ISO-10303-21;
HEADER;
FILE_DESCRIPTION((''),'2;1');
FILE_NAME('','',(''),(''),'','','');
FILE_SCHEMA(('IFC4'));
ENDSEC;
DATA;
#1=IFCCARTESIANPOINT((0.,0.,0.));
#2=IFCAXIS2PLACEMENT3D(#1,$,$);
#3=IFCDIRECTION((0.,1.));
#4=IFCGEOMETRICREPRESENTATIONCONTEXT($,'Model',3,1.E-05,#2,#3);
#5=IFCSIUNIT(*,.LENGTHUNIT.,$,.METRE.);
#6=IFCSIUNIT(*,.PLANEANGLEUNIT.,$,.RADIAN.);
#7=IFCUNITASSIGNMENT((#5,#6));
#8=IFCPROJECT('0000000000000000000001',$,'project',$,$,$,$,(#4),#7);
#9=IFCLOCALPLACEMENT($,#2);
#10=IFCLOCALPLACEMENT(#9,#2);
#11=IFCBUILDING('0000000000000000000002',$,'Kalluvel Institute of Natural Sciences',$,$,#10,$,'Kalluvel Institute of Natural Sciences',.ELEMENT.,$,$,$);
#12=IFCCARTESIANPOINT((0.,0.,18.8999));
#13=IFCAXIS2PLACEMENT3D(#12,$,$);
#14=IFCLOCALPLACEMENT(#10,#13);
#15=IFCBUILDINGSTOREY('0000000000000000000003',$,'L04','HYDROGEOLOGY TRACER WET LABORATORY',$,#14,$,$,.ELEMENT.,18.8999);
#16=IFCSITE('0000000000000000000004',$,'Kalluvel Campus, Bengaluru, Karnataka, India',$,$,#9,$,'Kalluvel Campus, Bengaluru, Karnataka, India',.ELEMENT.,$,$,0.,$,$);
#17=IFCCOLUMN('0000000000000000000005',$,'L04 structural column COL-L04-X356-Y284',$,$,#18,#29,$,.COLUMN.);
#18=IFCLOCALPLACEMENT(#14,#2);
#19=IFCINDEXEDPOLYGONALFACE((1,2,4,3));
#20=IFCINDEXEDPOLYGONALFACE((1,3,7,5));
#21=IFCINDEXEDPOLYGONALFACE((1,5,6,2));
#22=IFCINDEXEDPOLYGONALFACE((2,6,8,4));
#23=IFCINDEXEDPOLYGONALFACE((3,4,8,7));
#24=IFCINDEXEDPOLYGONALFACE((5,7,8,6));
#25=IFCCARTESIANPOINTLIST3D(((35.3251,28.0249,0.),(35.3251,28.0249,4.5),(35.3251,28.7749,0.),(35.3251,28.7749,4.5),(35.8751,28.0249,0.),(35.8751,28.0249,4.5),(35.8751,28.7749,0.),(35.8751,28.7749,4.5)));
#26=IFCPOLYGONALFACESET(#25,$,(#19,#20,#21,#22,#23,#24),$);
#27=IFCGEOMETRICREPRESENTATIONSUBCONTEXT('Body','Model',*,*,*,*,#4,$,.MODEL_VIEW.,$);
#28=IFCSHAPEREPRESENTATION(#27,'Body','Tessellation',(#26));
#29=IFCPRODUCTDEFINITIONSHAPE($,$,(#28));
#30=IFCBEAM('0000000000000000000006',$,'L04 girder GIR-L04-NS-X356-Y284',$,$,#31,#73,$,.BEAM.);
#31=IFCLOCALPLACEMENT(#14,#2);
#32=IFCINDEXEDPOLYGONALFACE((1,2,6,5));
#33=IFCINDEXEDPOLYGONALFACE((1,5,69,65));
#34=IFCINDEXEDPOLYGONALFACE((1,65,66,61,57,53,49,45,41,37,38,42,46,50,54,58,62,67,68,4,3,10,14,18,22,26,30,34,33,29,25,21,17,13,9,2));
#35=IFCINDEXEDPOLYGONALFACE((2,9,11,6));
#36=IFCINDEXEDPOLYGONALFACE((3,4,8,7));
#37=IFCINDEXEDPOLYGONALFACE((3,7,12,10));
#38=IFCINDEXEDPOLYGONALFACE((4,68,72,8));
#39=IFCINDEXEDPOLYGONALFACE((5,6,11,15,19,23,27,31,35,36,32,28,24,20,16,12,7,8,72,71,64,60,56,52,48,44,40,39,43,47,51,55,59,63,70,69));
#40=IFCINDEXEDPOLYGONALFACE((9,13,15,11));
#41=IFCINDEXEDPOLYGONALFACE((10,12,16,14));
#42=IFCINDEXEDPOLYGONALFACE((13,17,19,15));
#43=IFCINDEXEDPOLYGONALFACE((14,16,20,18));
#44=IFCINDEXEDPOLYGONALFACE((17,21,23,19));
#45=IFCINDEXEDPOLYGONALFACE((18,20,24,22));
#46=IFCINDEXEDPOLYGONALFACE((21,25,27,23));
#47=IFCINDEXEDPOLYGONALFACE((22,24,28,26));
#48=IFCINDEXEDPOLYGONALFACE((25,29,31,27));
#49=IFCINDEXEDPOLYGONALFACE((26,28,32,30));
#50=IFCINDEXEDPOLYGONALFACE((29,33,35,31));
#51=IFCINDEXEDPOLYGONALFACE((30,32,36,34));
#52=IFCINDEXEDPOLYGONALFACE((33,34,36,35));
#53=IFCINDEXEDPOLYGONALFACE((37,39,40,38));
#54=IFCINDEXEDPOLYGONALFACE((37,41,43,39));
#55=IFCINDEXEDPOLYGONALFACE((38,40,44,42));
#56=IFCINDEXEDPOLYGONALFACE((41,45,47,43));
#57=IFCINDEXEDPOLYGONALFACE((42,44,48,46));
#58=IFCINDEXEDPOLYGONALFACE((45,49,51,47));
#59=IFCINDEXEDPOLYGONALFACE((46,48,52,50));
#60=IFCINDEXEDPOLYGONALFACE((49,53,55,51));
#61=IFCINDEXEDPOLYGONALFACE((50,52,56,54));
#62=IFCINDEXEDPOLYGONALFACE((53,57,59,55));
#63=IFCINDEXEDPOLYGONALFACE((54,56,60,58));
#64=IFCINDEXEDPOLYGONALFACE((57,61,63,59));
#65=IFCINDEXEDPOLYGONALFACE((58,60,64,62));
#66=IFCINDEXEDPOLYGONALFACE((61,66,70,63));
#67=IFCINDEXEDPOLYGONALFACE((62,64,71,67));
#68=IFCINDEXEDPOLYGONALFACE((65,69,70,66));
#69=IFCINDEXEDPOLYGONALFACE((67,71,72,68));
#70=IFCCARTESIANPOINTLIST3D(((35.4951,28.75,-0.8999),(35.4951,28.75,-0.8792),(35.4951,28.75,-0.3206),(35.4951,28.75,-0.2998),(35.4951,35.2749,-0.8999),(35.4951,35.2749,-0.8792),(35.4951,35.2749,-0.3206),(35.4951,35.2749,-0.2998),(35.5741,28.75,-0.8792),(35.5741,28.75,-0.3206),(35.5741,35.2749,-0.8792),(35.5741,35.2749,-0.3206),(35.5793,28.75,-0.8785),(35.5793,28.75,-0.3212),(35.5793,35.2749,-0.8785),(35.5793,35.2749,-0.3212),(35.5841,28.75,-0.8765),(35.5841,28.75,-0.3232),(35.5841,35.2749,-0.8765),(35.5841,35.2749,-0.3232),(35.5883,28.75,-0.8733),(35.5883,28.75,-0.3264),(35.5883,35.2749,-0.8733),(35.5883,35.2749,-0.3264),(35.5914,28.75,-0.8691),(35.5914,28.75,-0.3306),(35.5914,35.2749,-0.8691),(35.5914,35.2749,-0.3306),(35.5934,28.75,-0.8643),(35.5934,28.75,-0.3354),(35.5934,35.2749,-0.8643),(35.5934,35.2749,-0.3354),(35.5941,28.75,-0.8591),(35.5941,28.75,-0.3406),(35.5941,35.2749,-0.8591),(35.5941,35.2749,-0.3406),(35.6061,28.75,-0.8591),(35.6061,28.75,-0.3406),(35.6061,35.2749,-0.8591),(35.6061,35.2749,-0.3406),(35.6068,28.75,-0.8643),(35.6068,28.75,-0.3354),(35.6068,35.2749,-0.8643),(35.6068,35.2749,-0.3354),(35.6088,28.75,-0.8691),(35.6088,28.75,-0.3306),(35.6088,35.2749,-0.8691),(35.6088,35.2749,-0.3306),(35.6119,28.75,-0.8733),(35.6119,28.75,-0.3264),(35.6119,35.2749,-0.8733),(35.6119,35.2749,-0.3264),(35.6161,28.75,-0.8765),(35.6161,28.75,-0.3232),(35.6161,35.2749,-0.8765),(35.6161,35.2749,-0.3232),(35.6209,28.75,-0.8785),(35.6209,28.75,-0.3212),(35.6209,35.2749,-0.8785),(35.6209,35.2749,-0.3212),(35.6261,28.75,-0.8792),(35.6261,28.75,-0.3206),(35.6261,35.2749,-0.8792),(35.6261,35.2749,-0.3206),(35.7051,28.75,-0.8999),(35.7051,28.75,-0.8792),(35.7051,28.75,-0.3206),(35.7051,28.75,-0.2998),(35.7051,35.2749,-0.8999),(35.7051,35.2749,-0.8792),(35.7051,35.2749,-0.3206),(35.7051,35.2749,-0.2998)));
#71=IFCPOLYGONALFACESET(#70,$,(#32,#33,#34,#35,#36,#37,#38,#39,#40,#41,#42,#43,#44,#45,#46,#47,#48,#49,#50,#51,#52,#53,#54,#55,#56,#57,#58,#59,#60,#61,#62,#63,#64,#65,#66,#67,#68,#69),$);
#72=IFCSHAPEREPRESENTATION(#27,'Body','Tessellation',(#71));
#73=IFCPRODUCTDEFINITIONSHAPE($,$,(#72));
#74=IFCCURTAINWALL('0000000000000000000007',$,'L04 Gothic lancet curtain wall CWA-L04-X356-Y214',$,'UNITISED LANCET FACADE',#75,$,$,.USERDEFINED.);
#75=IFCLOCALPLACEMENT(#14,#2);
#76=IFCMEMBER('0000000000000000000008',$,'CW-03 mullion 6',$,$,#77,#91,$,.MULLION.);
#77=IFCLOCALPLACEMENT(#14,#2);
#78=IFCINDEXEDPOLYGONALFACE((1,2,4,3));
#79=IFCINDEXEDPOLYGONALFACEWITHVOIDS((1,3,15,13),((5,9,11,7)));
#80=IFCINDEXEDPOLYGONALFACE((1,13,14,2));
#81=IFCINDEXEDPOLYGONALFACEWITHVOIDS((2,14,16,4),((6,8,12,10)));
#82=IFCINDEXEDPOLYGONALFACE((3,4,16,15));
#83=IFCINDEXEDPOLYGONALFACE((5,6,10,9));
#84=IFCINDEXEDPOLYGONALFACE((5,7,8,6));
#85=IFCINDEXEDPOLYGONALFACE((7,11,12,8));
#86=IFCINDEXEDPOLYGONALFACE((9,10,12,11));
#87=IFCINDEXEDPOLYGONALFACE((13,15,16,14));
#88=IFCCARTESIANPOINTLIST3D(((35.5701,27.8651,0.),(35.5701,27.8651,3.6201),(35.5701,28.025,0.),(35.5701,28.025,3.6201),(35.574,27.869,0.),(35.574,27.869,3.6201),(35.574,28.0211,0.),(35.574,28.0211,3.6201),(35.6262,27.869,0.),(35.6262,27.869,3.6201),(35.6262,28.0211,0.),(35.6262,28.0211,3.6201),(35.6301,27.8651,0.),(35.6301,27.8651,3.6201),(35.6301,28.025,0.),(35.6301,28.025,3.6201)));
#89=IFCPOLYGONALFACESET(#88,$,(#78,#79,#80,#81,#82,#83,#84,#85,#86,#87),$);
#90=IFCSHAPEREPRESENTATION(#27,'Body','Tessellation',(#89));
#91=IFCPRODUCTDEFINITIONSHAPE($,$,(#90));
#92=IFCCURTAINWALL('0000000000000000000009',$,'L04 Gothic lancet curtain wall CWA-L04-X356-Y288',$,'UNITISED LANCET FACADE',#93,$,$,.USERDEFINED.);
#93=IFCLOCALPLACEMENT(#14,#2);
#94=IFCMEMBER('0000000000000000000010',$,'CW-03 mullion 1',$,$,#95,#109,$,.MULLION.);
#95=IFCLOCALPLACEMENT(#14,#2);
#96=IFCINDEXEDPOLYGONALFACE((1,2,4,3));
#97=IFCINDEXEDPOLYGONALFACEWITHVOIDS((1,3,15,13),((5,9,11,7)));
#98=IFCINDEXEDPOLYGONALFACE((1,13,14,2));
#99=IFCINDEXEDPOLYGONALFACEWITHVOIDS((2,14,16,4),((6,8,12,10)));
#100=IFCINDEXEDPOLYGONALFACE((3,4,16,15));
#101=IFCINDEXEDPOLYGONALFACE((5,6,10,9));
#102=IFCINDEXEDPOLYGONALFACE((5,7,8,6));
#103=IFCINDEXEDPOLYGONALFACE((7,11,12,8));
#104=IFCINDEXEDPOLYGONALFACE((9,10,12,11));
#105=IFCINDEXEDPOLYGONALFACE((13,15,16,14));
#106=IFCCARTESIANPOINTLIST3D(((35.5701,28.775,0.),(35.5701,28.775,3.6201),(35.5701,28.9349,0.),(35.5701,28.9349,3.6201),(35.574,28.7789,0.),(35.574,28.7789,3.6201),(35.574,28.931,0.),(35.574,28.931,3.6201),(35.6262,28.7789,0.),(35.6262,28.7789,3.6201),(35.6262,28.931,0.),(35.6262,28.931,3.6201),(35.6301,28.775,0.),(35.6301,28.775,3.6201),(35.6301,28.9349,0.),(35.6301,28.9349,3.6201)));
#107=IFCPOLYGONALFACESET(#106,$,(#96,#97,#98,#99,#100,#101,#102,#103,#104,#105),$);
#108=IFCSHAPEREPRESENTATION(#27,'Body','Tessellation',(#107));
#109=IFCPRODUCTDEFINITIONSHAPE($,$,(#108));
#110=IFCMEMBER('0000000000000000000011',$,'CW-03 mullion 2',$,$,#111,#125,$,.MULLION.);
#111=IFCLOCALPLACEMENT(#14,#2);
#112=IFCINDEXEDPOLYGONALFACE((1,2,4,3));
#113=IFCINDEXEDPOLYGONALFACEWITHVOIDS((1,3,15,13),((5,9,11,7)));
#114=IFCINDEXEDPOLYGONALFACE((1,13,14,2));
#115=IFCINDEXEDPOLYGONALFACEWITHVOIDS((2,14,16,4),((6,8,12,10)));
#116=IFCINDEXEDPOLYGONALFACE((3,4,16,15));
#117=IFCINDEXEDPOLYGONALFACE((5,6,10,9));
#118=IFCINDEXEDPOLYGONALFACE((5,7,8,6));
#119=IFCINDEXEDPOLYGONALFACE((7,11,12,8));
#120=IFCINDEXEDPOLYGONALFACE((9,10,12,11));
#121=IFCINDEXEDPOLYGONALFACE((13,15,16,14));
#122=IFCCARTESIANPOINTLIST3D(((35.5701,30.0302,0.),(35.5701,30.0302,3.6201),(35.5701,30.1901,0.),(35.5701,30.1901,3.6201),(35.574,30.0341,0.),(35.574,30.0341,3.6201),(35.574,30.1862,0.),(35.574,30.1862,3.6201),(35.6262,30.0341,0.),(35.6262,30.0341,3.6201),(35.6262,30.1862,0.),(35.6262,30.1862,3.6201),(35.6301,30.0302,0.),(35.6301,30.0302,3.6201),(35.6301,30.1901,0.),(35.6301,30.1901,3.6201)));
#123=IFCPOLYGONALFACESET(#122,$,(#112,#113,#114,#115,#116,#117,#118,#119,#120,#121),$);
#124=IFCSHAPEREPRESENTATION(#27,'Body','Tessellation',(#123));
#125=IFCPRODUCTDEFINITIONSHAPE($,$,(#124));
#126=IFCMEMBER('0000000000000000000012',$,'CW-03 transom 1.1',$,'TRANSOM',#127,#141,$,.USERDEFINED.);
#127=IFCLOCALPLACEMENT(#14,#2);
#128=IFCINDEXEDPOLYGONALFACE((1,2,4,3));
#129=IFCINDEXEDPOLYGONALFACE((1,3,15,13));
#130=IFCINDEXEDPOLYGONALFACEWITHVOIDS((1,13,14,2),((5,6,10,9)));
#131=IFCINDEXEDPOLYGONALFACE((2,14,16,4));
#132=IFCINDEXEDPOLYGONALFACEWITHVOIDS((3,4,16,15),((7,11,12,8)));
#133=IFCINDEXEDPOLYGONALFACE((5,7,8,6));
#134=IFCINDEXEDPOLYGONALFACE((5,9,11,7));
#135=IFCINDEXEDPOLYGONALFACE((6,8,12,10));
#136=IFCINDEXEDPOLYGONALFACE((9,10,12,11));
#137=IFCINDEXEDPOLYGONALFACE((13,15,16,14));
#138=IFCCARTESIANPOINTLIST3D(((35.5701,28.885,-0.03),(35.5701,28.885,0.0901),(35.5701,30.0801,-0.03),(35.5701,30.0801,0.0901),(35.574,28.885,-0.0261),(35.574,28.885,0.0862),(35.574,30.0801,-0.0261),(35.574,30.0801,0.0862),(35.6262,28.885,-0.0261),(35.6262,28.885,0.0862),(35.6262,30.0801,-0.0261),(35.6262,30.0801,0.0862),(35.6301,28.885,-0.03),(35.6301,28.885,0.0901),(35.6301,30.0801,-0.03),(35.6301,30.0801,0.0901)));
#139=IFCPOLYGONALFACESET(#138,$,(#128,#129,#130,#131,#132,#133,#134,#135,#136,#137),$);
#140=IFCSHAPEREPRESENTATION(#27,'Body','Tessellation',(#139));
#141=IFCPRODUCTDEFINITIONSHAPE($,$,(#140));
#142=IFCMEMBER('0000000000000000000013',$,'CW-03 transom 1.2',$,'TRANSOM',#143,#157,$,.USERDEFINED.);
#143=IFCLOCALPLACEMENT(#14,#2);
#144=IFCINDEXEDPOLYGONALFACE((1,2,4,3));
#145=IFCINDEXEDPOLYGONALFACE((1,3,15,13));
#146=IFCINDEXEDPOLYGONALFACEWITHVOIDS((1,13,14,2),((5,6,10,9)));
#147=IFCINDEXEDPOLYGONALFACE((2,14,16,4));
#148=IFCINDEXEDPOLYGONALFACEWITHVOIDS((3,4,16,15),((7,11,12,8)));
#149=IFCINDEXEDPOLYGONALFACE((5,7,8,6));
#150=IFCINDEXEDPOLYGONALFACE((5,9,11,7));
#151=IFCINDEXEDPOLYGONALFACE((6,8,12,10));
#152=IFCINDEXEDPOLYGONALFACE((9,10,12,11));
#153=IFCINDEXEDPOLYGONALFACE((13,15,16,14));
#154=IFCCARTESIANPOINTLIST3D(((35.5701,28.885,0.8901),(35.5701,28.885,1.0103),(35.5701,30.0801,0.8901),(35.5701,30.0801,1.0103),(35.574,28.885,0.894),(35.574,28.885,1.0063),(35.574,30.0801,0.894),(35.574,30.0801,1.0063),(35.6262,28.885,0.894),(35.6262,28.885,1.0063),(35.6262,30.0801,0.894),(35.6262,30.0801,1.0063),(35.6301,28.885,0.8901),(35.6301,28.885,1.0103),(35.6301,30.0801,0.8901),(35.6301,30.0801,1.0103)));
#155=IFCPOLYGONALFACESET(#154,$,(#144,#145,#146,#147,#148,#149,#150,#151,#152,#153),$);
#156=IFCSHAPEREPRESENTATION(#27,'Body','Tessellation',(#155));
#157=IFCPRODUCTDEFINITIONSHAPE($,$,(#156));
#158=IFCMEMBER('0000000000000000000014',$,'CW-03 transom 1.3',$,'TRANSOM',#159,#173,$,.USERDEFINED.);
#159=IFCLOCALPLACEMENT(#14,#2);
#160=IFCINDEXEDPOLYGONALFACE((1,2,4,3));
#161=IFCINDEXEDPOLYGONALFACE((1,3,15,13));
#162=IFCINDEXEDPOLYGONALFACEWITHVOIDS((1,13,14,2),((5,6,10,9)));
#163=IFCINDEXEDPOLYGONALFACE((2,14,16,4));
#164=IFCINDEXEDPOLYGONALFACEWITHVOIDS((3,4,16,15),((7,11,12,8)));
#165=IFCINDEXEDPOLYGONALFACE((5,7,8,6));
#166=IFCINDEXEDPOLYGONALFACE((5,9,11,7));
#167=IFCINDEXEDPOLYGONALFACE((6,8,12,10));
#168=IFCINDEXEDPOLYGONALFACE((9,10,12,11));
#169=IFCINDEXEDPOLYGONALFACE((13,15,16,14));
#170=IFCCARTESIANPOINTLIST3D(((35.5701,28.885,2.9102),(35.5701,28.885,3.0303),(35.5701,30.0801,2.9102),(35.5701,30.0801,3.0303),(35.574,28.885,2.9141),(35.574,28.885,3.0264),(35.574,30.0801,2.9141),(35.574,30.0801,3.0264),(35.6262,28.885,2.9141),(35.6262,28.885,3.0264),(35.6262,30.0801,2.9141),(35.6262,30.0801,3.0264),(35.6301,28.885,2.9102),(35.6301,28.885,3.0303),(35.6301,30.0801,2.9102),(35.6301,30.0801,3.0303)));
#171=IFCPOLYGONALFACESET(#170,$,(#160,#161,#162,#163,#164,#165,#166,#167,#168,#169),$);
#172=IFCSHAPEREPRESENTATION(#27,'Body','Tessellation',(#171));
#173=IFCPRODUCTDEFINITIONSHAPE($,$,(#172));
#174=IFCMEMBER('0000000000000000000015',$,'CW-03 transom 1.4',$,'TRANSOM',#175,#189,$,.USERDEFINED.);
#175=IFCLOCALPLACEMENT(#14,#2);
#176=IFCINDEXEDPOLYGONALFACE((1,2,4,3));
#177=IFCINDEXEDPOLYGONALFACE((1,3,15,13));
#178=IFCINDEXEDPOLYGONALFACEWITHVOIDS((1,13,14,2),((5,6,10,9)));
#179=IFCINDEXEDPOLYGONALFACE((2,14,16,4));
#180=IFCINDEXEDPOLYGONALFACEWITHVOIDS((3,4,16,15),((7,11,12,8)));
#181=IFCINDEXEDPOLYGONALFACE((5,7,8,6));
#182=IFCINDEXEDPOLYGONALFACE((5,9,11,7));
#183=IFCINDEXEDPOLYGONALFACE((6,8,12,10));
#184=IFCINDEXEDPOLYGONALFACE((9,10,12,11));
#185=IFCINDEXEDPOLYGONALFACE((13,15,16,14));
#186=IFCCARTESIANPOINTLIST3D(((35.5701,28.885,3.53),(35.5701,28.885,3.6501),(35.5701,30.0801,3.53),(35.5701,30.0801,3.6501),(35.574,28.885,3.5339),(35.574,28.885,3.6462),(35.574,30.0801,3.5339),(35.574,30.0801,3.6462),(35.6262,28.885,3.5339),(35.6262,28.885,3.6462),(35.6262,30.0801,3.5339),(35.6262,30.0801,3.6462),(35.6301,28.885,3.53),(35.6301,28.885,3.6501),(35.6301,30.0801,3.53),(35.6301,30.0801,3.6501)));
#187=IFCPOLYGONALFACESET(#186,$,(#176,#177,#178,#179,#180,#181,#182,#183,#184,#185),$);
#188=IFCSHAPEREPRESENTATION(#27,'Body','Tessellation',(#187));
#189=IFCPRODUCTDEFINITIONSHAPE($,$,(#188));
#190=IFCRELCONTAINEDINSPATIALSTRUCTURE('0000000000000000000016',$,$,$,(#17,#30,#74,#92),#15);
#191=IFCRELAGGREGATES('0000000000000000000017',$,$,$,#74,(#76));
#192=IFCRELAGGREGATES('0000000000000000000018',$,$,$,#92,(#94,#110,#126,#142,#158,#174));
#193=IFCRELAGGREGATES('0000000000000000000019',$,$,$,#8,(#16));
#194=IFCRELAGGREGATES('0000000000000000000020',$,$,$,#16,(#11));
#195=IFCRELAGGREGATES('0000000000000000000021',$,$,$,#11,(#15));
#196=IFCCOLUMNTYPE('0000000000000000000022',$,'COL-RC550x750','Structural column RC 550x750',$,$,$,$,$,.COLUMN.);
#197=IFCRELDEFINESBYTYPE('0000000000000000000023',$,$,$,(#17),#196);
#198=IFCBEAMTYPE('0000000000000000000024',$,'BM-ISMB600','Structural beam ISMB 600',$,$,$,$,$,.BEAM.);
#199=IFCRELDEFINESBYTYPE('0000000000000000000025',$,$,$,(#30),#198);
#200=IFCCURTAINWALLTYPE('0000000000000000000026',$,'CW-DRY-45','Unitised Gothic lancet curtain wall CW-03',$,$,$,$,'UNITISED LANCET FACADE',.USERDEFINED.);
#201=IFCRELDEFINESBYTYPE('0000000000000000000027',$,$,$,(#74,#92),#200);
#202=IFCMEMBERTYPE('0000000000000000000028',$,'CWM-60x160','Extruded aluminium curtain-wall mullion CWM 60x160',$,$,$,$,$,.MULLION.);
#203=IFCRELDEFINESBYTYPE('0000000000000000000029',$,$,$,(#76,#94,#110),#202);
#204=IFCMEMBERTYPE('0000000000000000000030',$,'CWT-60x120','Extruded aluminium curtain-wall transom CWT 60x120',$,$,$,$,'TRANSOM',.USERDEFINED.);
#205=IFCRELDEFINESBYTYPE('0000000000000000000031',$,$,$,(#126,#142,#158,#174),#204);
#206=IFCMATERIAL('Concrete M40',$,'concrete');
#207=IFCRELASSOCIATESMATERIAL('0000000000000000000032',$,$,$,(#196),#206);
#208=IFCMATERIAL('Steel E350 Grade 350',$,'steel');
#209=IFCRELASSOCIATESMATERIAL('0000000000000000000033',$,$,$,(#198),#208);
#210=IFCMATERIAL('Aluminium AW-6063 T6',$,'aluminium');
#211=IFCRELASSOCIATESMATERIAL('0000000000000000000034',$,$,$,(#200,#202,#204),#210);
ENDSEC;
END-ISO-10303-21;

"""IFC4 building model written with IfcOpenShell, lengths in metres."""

from ifc_helpers import new_model, si_unit, direction, frame, origin, origin_2d, place, context, subcontext, project, spatial, rectangle, hollow_rectangle, i_section, extrude, material, material_profile, profile_set, type_object, element, aggregate, save


model = new_model("IFC4")

# Units and contexts
model_context = context("Model", 3, precision=1e-05, world=origin(), true_north=direction((0.0, 1.0)))
body_context = subcontext(model_context, "Body", "Model", "MODEL_VIEW")
ifc_project = project(units=[si_unit("LENGTHUNIT", "METRE"), si_unit("PLANEANGLEUNIT", "RADIAN")], contexts=[model_context])

# Site, building, storey
site_placement = place(None, origin())
site = spatial("IfcSite", under=ifc_project, at=site_placement, Name="Kalluvel Campus, Bengaluru, Karnataka, India", LongName="Kalluvel Campus, Bengaluru, Karnataka, India", CompositionType="ELEMENT", RefElevation=0.0)
building_placement = place(site_placement, origin())
building = spatial("IfcBuilding", under=site, at=building_placement, Name="Kalluvel Institute of Natural Sciences", LongName="Kalluvel Institute of Natural Sciences", CompositionType="ELEMENT")
storey_placement = place(building_placement, frame((0.0, 0.0, 18.8999)))
storey = spatial("IfcBuildingStorey", under=building, at=storey_placement, Name="L04", Description="HYDROGEOLOGY TRACER WET LABORATORY", CompositionType="ELEMENT", Elevation=18.8999)

# Column
ifc_material_1 = material(Name="Concrete M40", Category="concrete")
ifc_material_profile_1 = material_profile(ifc_material_1, rectangle(XDim=0.55, YDim=0.75, at=origin_2d()), Name="RC 550x750")
ifc_profile_set_1 = profile_set([ifc_material_profile_1], Name="Concrete M40")
column_type = type_object("IfcColumnType", Name="COL-RC550x750", Description="Structural column RC 550x750", PredefinedType="COLUMN", material=ifc_profile_set_1)
column_placement = place(storey_placement, frame((35.6001, 28.3999, 0.0), z_axis=(0.0, 0.0, 1.0), x_axis=(1.0, 0.0, 0.0)))
element("IfcColumn", 1, at=column_placement, inside=storey, type_object=column_type, Name="L04 structural column COL-L04-X356-Y284", PredefinedType="COLUMN", context=body_context, shape_type="SweptSolid", body=[
    extrude(rectangle(XDim=0.55, YDim=0.75, at=origin_2d()), origin(), (0.0, 0.0, 1.0), 4.5),
])

# Beam
ifc_material_2 = material(Name="Steel E350 Grade 350", Category="steel")
ifc_material_profile_2 = material_profile(ifc_material_2, i_section(OverallWidth=0.21, OverallDepth=0.6001, WebThickness=0.012, FlangeThickness=0.0208, FilletRadius=0.02, at=origin_2d()), Name="ISMB 600")
ifc_profile_set_2 = profile_set([ifc_material_profile_2], Name="Steel E350 Grade 350")
beam_type = type_object("IfcBeamType", Name="BM-ISMB600", Description="Structural beam ISMB 600", PredefinedType="BEAM", material=ifc_profile_set_2)
beam_placement = place(storey_placement, frame((35.6001, 28.75, -0.5999), z_axis=(0.0, 1.0, 0.0), x_axis=(-1.0, 0.0, 0.0)))
element("IfcBeam", 2, at=beam_placement, inside=storey, type_object=beam_type, Name="L04 girder GIR-L04-NS-X356-Y284", PredefinedType="BEAM", context=body_context, shape_type="SweptSolid", body=[
    extrude(i_section(OverallWidth=0.21, OverallDepth=0.6001, WebThickness=0.012, FlangeThickness=0.0208, FilletRadius=0.02, at=origin_2d()), origin(), (0.0, 0.0, 1.0), 6.5249),
])

# Curtain wall, member
ifc_material_3 = material(Name="Aluminium AW-6063 T6", Category="aluminium")
curtain_wall_type = type_object("IfcCurtainWallType", Name="CW-DRY-45", Description="Unitised Gothic lancet curtain wall CW-03", ElementType="UNITISED LANCET FACADE", PredefinedType="USERDEFINED", material=ifc_material_3)
curtain_wall_1_placement = place(storey_placement, origin())
curtain_wall_1 = element("IfcCurtainWall", 3, at=curtain_wall_1_placement, inside=storey, type_object=curtain_wall_type, Name="L04 Gothic lancet curtain wall CWA-L04-X356-Y214", ObjectType="UNITISED LANCET FACADE", PredefinedType="USERDEFINED")
ifc_material_profile_3 = material_profile(ifc_material_3, hollow_rectangle(XDim=0.0601, YDim=0.1599, WallThickness=0.0039, at=origin_2d()), Name="CWM 60x160")
ifc_profile_set_3 = profile_set([ifc_material_profile_3], Name="Aluminium AW-6063 T6")
member_type_1 = type_object("IfcMemberType", Name="CWM-60x160", Description="Extruded aluminium curtain-wall mullion CWM 60x160", PredefinedType="MULLION", material=ifc_profile_set_3)
member_1_placement = place(storey_placement, frame((35.6001, 27.9451, 0.0), z_axis=(0.0, 0.0, 1.0), x_axis=(-1.0, 0.0, 0.0)))
member_1 = element("IfcMember", 4, at=member_1_placement, type_object=member_type_1, Name="CW-03 mullion 6", PredefinedType="MULLION", context=body_context, shape_type="SweptSolid", body=[
    extrude(hollow_rectangle(XDim=0.0601, YDim=0.1599, WallThickness=0.0039, at=origin_2d()), origin(), (0.0, 0.0, 1.0), 3.6201),
])

# Curtain wall, members
curtain_wall_2_placement = place(storey_placement, origin())
curtain_wall_2 = element("IfcCurtainWall", 5, at=curtain_wall_2_placement, inside=storey, type_object=curtain_wall_type, Name="L04 Gothic lancet curtain wall CWA-L04-X356-Y288", ObjectType="UNITISED LANCET FACADE", PredefinedType="USERDEFINED")
member_2_placement = place(storey_placement, frame((35.6001, 28.855, 0.0), z_axis=(0.0, 0.0, 1.0), x_axis=(-1.0, 0.0, 0.0)))
member_2 = element("IfcMember", 6, at=member_2_placement, type_object=member_type_1, Name="CW-03 mullion 1", PredefinedType="MULLION", context=body_context, shape_type="SweptSolid", body=[
    extrude(hollow_rectangle(XDim=0.0601, YDim=0.1599, WallThickness=0.0039, at=origin_2d()), origin(), (0.0, 0.0, 1.0), 3.6201),
])
member_3_placement = place(storey_placement, frame((35.6001, 30.1101, 0.0), z_axis=(0.0, 0.0, 1.0), x_axis=(-1.0, 0.0, 0.0)))
member_3 = element("IfcMember", 7, at=member_3_placement, type_object=member_type_1, Name="CW-03 mullion 2", PredefinedType="MULLION", context=body_context, shape_type="SweptSolid", body=[
    extrude(hollow_rectangle(XDim=0.0601, YDim=0.1599, WallThickness=0.0039, at=origin_2d()), origin(), (0.0, 0.0, 1.0), 3.6201),
])
ifc_material_profile_4 = material_profile(ifc_material_3, hollow_rectangle(XDim=0.0601, YDim=0.1201, WallThickness=0.0039, at=origin_2d()), Name="CWT 60x120")
ifc_profile_set_4 = profile_set([ifc_material_profile_4], Name="Aluminium AW-6063 T6")
member_type_2 = type_object("IfcMemberType", Name="CWT-60x120", Description="Extruded aluminium curtain-wall transom CWT 60x120", ElementType="TRANSOM", PredefinedType="USERDEFINED", material=ifc_profile_set_4)
member_4_placement = place(storey_placement, frame((35.6001, 28.885, 0.03), z_axis=(0.0, 1.0, 0.0), x_axis=(-1.0, 0.0, 0.0)))
member_4 = element("IfcMember", 8, at=member_4_placement, type_object=member_type_2, Name="CW-03 transom 1.1", ObjectType="TRANSOM", PredefinedType="USERDEFINED", context=body_context, shape_type="SweptSolid", body=[
    extrude(hollow_rectangle(XDim=0.0601, YDim=0.1201, WallThickness=0.0039, at=origin_2d()), origin(), (0.0, 0.0, 1.0), 1.1951),
])
member_5_placement = place(storey_placement, frame((35.6001, 28.885, 0.9502), z_axis=(0.0, 1.0, 0.0), x_axis=(-1.0, 0.0, 0.0)))
member_5 = element("IfcMember", 9, at=member_5_placement, type_object=member_type_2, Name="CW-03 transom 1.2", ObjectType="TRANSOM", PredefinedType="USERDEFINED", context=body_context, shape_type="SweptSolid", body=[
    extrude(hollow_rectangle(XDim=0.0601, YDim=0.1201, WallThickness=0.0039, at=origin_2d()), origin(), (0.0, 0.0, 1.0), 1.1951),
])
member_6_placement = place(storey_placement, frame((35.6001, 28.885, 2.9702), z_axis=(0.0, 1.0, 0.0), x_axis=(-1.0, 0.0, 0.0)))
member_6 = element("IfcMember", 10, at=member_6_placement, type_object=member_type_2, Name="CW-03 transom 1.3", ObjectType="TRANSOM", PredefinedType="USERDEFINED", context=body_context, shape_type="SweptSolid", body=[
    extrude(hollow_rectangle(XDim=0.0601, YDim=0.1201, WallThickness=0.0039, at=origin_2d()), origin(), (0.0, 0.0, 1.0), 1.1951),
])
member_7_placement = place(storey_placement, frame((35.6001, 28.885, 3.5901), z_axis=(0.0, 1.0, 0.0), x_axis=(-1.0, 0.0, 0.0)))
member_7 = element("IfcMember", 11, at=member_7_placement, type_object=member_type_2, Name="CW-03 transom 1.4", ObjectType="TRANSOM", PredefinedType="USERDEFINED", context=body_context, shape_type="SweptSolid", body=[
    extrude(hollow_rectangle(XDim=0.0601, YDim=0.1201, WallThickness=0.0039, at=origin_2d()), origin(), (0.0, 0.0, 1.0), 1.1951),
])

aggregate(curtain_wall_1, [member_1])
aggregate(curtain_wall_2, [member_2, member_3, member_4, member_5, member_6, member_7])

save(model, "model.ifc")
